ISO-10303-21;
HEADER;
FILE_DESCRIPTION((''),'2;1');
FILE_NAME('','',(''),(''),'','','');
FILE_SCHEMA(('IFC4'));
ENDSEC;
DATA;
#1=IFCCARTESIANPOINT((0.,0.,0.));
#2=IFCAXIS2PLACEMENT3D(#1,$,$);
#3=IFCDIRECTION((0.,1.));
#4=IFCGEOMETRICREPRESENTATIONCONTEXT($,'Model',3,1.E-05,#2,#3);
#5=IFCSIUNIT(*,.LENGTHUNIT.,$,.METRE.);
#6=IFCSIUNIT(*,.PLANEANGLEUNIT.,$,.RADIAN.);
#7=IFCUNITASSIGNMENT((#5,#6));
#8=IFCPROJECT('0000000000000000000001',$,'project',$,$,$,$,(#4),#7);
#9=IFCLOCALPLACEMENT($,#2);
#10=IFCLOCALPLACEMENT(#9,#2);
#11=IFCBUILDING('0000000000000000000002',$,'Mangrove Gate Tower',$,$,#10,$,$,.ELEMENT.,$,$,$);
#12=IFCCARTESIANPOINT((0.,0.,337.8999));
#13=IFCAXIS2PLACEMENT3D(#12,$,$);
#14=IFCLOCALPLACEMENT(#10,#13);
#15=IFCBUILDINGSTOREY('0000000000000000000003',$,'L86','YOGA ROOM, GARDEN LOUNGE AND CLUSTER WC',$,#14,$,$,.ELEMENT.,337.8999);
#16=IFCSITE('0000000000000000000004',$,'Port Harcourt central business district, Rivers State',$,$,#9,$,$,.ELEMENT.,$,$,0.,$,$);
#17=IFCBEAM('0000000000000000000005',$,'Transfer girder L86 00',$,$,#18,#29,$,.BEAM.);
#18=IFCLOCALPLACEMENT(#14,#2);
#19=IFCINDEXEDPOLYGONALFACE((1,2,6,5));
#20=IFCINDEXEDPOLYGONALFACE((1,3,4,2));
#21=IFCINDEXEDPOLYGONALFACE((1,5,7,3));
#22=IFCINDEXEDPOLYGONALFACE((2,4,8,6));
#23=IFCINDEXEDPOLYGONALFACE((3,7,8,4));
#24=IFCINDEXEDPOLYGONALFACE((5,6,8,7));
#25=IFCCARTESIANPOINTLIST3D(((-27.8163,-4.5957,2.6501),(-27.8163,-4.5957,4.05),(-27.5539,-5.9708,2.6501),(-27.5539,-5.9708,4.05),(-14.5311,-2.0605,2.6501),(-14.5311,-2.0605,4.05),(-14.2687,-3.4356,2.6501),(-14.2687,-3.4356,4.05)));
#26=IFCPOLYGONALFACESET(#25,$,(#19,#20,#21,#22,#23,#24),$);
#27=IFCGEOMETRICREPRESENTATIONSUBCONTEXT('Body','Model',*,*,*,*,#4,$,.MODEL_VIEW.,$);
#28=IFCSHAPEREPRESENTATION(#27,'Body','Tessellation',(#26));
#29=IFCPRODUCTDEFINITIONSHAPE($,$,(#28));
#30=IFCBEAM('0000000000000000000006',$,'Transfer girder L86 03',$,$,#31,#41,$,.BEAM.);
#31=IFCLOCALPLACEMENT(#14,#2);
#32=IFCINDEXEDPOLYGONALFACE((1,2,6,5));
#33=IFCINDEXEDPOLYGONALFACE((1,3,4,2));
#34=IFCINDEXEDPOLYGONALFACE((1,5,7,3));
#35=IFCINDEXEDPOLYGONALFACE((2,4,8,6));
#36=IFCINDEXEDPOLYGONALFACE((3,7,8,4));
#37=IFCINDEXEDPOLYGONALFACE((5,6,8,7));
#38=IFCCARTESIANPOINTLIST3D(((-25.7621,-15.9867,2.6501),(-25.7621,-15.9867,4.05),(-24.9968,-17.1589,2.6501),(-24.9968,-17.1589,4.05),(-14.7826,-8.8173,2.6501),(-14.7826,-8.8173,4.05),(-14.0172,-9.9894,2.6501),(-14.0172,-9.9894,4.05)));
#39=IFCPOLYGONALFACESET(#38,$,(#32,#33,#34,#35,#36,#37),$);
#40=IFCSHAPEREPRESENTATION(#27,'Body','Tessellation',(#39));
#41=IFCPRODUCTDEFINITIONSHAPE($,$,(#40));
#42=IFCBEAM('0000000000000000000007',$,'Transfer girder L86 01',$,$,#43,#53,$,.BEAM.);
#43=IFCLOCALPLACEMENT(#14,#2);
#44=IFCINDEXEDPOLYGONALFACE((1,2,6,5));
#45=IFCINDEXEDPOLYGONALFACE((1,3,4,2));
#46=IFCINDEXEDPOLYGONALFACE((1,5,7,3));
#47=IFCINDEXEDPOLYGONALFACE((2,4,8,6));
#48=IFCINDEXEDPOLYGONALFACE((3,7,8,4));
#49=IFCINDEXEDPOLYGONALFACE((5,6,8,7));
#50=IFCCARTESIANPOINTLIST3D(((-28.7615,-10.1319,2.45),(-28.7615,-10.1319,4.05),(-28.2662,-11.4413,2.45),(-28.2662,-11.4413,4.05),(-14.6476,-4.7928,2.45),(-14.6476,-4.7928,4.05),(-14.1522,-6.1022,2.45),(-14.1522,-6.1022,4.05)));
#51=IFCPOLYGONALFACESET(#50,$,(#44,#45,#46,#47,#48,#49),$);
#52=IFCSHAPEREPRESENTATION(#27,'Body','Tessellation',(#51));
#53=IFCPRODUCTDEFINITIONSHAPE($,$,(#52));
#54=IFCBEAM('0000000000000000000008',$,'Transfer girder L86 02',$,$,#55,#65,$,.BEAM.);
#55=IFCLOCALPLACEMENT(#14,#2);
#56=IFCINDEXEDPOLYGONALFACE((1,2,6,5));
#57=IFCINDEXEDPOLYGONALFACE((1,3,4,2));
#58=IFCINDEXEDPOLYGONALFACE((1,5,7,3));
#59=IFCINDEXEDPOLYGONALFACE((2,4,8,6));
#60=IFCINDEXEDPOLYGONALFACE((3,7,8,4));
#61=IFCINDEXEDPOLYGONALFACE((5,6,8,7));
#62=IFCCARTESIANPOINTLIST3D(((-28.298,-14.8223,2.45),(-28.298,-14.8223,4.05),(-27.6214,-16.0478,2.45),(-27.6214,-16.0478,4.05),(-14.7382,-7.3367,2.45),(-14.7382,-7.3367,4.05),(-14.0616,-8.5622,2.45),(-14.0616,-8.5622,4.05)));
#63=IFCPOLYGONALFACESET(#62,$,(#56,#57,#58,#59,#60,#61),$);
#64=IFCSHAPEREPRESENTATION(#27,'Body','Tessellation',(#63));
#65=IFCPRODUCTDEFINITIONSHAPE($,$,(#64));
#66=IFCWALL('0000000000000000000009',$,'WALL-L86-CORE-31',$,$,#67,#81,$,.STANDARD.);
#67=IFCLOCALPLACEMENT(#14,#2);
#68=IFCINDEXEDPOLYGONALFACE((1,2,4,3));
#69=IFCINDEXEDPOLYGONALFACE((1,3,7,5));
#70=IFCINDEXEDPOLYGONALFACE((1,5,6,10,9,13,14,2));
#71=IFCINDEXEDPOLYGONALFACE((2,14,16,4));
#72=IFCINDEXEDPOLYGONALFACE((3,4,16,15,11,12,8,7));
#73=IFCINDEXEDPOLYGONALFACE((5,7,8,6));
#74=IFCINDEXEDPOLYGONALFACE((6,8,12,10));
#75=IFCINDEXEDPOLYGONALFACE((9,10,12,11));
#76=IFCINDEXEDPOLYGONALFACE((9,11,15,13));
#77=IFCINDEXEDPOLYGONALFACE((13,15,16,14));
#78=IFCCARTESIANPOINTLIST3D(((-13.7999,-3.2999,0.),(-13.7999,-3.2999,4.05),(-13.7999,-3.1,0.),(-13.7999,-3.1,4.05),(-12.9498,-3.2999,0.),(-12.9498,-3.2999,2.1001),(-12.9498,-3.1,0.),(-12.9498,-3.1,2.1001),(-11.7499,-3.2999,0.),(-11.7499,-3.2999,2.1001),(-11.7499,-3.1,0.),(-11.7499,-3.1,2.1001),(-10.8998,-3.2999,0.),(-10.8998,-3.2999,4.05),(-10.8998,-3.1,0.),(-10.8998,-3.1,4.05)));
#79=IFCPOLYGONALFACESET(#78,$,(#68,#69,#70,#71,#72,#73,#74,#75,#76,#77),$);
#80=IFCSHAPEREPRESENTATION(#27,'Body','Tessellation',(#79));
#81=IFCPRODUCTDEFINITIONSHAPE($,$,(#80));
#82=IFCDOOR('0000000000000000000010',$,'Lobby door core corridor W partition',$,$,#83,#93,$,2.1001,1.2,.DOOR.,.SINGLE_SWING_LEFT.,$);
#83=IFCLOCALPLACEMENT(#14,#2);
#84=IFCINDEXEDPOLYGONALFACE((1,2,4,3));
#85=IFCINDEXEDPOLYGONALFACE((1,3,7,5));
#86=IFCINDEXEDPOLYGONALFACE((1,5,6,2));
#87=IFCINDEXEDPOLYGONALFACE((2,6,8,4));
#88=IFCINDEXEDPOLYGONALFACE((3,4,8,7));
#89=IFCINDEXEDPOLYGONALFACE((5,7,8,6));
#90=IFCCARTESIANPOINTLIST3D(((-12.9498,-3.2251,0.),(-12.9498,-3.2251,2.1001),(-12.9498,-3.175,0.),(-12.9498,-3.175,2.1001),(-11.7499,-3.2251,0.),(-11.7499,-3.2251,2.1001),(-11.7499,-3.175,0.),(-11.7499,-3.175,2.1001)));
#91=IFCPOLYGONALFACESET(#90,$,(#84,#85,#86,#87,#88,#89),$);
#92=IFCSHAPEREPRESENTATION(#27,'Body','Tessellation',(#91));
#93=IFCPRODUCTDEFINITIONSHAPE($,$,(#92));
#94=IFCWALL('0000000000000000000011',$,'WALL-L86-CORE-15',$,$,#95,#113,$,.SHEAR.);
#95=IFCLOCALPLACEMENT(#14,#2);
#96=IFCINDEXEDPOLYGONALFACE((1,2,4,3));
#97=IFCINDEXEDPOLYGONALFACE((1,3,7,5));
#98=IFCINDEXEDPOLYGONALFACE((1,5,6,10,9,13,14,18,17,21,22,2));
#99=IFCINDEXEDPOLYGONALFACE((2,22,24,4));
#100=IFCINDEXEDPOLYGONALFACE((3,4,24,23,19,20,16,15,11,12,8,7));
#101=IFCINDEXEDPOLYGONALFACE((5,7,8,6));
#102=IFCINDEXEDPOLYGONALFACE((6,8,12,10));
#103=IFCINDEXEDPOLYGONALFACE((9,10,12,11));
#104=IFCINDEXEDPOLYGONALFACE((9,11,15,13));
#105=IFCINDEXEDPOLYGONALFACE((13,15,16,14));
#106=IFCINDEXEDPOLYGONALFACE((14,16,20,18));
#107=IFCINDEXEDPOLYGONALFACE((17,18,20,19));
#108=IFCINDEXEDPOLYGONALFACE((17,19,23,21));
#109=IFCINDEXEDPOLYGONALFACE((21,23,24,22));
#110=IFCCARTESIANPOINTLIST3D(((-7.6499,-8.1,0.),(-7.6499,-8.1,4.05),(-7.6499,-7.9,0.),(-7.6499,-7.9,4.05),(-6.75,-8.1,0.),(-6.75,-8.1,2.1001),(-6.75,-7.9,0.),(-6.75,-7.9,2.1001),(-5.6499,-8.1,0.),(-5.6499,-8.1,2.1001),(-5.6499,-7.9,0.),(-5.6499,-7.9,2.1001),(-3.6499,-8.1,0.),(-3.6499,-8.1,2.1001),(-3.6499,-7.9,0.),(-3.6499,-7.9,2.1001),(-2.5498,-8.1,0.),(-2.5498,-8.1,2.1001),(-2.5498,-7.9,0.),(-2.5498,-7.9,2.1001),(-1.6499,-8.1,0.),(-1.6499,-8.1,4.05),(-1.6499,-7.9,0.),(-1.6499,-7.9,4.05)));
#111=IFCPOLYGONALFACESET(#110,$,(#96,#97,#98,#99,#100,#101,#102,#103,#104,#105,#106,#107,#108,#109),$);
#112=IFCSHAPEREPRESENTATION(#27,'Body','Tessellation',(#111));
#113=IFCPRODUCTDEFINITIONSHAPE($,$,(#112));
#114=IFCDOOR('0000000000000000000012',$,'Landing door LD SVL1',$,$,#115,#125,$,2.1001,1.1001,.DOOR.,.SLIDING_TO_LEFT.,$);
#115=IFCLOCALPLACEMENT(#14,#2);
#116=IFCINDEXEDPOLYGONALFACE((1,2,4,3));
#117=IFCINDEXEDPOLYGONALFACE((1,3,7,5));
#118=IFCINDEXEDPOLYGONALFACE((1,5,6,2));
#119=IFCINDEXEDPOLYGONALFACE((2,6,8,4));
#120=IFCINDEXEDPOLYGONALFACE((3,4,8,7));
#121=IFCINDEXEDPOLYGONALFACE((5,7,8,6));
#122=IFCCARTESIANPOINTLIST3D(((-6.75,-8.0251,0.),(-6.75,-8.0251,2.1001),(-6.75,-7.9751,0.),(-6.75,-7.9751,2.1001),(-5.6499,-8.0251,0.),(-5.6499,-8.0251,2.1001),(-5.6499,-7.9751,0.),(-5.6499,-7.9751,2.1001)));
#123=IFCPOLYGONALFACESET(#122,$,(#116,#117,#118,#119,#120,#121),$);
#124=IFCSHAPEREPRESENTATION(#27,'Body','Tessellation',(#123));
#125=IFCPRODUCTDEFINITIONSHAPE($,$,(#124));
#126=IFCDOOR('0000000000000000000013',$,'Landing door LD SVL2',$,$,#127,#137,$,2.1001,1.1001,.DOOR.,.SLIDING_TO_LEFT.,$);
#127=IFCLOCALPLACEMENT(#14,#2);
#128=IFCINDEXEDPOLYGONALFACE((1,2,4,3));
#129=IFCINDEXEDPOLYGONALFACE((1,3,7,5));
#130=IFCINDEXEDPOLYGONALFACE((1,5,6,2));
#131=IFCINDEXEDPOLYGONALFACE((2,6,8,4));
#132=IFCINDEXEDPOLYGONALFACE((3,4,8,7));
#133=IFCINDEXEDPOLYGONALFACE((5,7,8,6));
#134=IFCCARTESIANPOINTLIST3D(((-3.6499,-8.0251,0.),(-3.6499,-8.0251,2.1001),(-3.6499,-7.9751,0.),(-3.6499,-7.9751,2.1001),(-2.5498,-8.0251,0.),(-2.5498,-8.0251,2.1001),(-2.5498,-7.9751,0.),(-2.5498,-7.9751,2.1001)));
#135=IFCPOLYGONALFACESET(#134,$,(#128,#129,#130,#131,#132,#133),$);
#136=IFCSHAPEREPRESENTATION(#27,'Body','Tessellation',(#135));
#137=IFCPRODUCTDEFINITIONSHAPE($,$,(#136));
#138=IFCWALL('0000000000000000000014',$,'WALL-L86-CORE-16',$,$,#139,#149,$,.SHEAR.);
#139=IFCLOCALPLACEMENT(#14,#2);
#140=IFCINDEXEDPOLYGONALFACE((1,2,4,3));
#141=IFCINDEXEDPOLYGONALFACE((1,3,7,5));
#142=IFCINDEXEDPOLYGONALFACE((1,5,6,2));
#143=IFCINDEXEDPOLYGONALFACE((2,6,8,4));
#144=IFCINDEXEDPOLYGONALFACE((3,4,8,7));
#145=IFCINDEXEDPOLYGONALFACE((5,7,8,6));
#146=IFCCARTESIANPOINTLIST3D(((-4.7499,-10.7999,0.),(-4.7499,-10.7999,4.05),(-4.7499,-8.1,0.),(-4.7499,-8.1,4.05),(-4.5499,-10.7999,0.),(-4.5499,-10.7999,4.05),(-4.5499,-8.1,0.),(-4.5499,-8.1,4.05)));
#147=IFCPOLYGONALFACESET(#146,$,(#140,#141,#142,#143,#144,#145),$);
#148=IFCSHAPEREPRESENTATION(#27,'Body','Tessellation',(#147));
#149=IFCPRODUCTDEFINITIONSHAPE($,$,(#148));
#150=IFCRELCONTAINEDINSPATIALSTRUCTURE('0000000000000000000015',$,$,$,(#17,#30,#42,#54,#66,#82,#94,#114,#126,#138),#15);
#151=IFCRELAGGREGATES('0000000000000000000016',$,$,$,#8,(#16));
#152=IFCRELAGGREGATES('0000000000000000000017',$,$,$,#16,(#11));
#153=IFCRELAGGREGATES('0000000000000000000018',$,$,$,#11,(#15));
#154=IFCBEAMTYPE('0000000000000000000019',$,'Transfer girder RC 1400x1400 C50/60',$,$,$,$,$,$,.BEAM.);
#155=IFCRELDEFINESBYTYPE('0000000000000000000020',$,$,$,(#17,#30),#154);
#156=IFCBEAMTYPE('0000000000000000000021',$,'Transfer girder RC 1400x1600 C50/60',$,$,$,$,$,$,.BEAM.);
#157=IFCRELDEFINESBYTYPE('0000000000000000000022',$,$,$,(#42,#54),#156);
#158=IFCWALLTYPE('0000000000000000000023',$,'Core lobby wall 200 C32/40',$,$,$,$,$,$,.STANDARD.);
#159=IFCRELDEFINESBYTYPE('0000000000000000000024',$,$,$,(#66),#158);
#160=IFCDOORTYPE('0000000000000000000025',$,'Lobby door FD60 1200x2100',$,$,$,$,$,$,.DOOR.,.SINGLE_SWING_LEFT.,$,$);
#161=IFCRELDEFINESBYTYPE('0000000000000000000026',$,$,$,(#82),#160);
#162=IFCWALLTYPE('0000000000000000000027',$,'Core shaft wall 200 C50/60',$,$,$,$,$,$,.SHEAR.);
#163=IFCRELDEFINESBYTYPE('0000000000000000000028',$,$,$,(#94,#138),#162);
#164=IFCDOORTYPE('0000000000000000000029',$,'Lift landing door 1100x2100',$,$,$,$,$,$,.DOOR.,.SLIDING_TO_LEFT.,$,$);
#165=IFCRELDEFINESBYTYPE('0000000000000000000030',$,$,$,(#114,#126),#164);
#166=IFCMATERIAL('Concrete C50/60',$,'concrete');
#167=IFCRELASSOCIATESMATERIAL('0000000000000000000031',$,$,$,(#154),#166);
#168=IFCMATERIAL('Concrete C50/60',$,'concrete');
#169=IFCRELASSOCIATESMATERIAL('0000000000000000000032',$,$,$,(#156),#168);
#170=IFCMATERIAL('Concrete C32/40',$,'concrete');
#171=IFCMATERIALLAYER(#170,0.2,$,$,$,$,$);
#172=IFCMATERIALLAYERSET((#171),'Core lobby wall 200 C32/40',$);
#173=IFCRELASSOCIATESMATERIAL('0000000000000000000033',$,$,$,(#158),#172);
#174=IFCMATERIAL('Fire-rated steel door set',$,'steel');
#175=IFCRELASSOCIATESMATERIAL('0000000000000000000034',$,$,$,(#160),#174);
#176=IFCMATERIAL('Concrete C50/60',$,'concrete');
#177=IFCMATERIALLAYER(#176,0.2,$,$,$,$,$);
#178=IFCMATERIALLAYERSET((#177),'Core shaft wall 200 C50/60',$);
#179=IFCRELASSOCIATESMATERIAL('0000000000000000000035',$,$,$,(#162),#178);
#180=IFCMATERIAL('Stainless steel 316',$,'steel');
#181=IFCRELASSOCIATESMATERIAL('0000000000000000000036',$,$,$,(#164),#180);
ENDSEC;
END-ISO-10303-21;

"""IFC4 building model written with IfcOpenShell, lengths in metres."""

from ifc_helpers import new_model, si_unit, direction, frame, frame_2d, origin, origin_2d, place, context, subcontext, project, spatial, rectangle, extrude, material, layer, layer_set, material_profile, profile_set, type_object, element, fill, save


model = new_model("IFC4")

# Units and contexts
model_context = context("Model", 3, precision=1e-05, world=origin(), true_north=direction((0.0, 1.0)))
body_context = subcontext(model_context, "Body", "Model", "MODEL_VIEW")
ifc_project = project(units=[si_unit("LENGTHUNIT", "METRE"), si_unit("PLANEANGLEUNIT", "RADIAN")], contexts=[model_context])

# Site, building, storey
site_placement = place(None, origin())
site = spatial("IfcSite", under=ifc_project, at=site_placement, Name="Port Harcourt central business district, Rivers State", CompositionType="ELEMENT", RefElevation=0.0)
building_placement = place(site_placement, origin())
building = spatial("IfcBuilding", under=site, at=building_placement, Name="Mangrove Gate Tower", CompositionType="ELEMENT")
storey_placement = place(building_placement, frame((0.0, 0.0, 337.8999)))
storey = spatial("IfcBuildingStorey", under=building, at=storey_placement, Name="L86", Description="YOGA ROOM, GARDEN LOUNGE AND CLUSTER WC", CompositionType="ELEMENT", Elevation=337.8999)

# Beams
ifc_material_1 = material(Name="Concrete C50/60", Category="concrete")
ifc_material_profile_1 = material_profile(ifc_material_1, rectangle(XDim=1.3999, YDim=1.3999, at=origin_2d()))
ifc_profile_set_1 = profile_set([ifc_material_profile_1], Name="Concrete C50/60")
beam_type_1 = type_object("IfcBeamType", Name="Transfer girder RC 1400x1400 C50/60", PredefinedType="BEAM", material=ifc_profile_set_1)
beam_1_placement = place(storey_placement, frame((-14.3999, -2.748, 3.3501), z_axis=(-0.982275, -0.187444, 0.0), x_axis=(0.187444, -0.982275, 0.0)))
element("IfcBeam", 1, at=beam_1_placement, inside=storey, type_object=beam_type_1, Name="Transfer girder L86 00", PredefinedType="BEAM", context=body_context, shape_type="SweptSolid", body=[
    extrude(rectangle(XDim=1.3999, YDim=1.3999, at=origin_2d()), origin(), (0.0, 0.0, 1.0), 13.5249),
])
beam_2_placement = place(storey_placement, frame((-14.3999, -9.4033, 3.3501), z_axis=(-0.8373, -0.546744, 0.0), x_axis=(0.546744, -0.8373, 0.0)))
element("IfcBeam", 2, at=beam_2_placement, inside=storey, type_object=beam_type_1, Name="Transfer girder L86 03", PredefinedType="BEAM", context=body_context, shape_type="SweptSolid", body=[
    extrude(rectangle(XDim=1.3999, YDim=1.3999, at=origin_2d()), origin(), (0.0, 0.0, 1.0), 13.113),
])
ifc_material_2 = material(Name="Concrete C50/60", Category="concrete")
ifc_material_profile_2 = material_profile(ifc_material_2, rectangle(XDim=1.3999, YDim=1.6001, at=origin_2d()))
ifc_profile_set_2 = profile_set([ifc_material_profile_2], Name="Concrete C50/60")
beam_type_2 = type_object("IfcBeamType", Name="Transfer girder RC 1400x1600 C50/60", PredefinedType="BEAM", material=ifc_profile_set_2)
beam_3_placement = place(storey_placement, frame((-14.3999, -5.4475, 3.25), z_axis=(-0.935315, -0.353815, 0.0), x_axis=(0.353815, -0.935315, 0.0)))
element("IfcBeam", 3, at=beam_3_placement, inside=storey, type_object=beam_type_2, Name="Transfer girder L86 01", PredefinedType="BEAM", context=body_context, shape_type="SweptSolid", body=[
    extrude(rectangle(XDim=1.3999, YDim=1.6001, at=origin_2d()), origin(), (0.0, 0.0, 1.0), 15.0901),
])
beam_4_placement = place(storey_placement, frame((-14.3999, -7.9495, 3.25), z_axis=(-0.87546, -0.483291, 0.0), x_axis=(0.483291, -0.87546, 0.0)))
element("IfcBeam", 4, at=beam_4_placement, inside=storey, type_object=beam_type_2, Name="Transfer girder L86 02", PredefinedType="BEAM", context=body_context, shape_type="SweptSolid", body=[
    extrude(rectangle(XDim=1.3999, YDim=1.6001, at=origin_2d()), origin(), (0.0, 0.0, 1.0), 15.4888),
])

# Wall, opening, door
ifc_material_3 = material(Name="Concrete C32/40", Category="concrete")
ifc_layer_1 = layer(ifc_material_3, 0.2)
ifc_layer_set_1 = layer_set([ifc_layer_1], Name="Core lobby wall 200 C32/40")
wall_type_1 = type_object("IfcWallType", Name="Core lobby wall 200 C32/40", PredefinedType="STANDARD", material=ifc_layer_set_1)
wall_1_placement = place(storey_placement, frame((-13.8, -3.2, 0.0), z_axis=(0.0, 0.0, 1.0), x_axis=(1.0, 0.0, 0.0)))
wall_1 = element("IfcWall", 5, at=wall_1_placement, inside=storey, type_object=wall_type_1, Name="WALL-L86-CORE-31", PredefinedType="STANDARD", context=body_context, shape_type="SweptSolid", body=[
    extrude(rectangle(XDim=2.9001, YDim=0.2, at=frame_2d((1.4502, 0.0))), origin(), (0.0, 0.0, 1.0), 4.05),
])
opening_1_placement = place(wall_1_placement, frame((0.8501, 0.0, 0.0)))
opening_1 = element("IfcOpeningElement", 6, at=opening_1_placement, cuts=wall_1, PredefinedType="OPENING", context=body_context, shape_type="SweptSolid", body=[
    extrude(rectangle(XDim=1.2, YDim=2.1001, at=frame_2d((0.6001, 1.05))), frame((0.0, 0.1099, 0.0), z_axis=(0.0, -1.0, 0.0), x_axis=(1.0, 0.0, 0.0)), (0.0, 0.0, 1.0), 0.22),
])
ifc_material_4 = material(Name="Fire-rated steel door set", Category="steel")
door_type_1 = type_object("IfcDoorType", Name="Lobby door FD60 1200x2100", OperationType="SINGLE_SWING_LEFT", PredefinedType="DOOR", material=ifc_material_4)
door_1_placement = place(opening_1_placement, origin())
door_1 = element("IfcDoor", 7, at=door_1_placement, inside=storey, type_object=door_type_1, Name="Lobby door core corridor W partition", OperationType="SINGLE_SWING_LEFT", OverallHeight=2.1001, OverallWidth=1.2, PredefinedType="DOOR", context=body_context, shape_type="SweptSolid", body=[
    extrude(rectangle(XDim=1.2, YDim=2.1001, at=frame_2d((0.6001, 1.05))), frame((0.0, 0.0249, 0.0), z_axis=(0.0, -1.0, 0.0), x_axis=(1.0, 0.0, 0.0)), (0.0, 0.0, 1.0), 0.05),
])
fill(opening_1, door_1)

# Wall, openings, doors
ifc_material_5 = material(Name="Concrete C50/60", Category="concrete")
ifc_layer_2 = layer(ifc_material_5, 0.2)
ifc_layer_set_2 = layer_set([ifc_layer_2], Name="Core shaft wall 200 C50/60")
wall_type_2 = type_object("IfcWallType", Name="Core shaft wall 200 C50/60", PredefinedType="SHEAR", material=ifc_layer_set_2)
wall_2_placement = place(storey_placement, frame((-7.6499, -8.0, 0.0), z_axis=(0.0, 0.0, 1.0), x_axis=(1.0, 0.0, 0.0)))
wall_2 = element("IfcWall", 8, at=wall_2_placement, inside=storey, type_object=wall_type_2, Name="WALL-L86-CORE-15", PredefinedType="SHEAR", context=body_context, shape_type="SweptSolid", body=[
    extrude(rectangle(XDim=6.0, YDim=0.2, at=frame_2d((3.0, 0.0))), origin(), (0.0, 0.0, 1.0), 4.05),
])
opening_2_placement = place(wall_2_placement, frame((0.8999, 0.0, 0.0)))
opening_2 = element("IfcOpeningElement", 9, at=opening_2_placement, cuts=wall_2, PredefinedType="OPENING", context=body_context, shape_type="SweptSolid", body=[
    extrude(rectangle(XDim=1.1001, YDim=2.1001, at=frame_2d((0.55, 1.05))), frame((0.0, 0.1099, 0.0), z_axis=(0.0, -1.0, 0.0), x_axis=(1.0, 0.0, 0.0)), (0.0, 0.0, 1.0), 0.22),
])
opening_3_placement = place(wall_2_placement, frame((4.0, 0.0, 0.0)))
opening_3 = element("IfcOpeningElement", 10, at=opening_3_placement, cuts=wall_2, PredefinedType="OPENING", context=body_context, shape_type="SweptSolid", body=[
    extrude(rectangle(XDim=1.1001, YDim=2.1001, at=frame_2d((0.55, 1.05))), frame((0.0, 0.1099, 0.0), z_axis=(0.0, -1.0, 0.0), x_axis=(1.0, 0.0, 0.0)), (0.0, 0.0, 1.0), 0.22),
])
ifc_material_6 = material(Name="Stainless steel 316", Category="steel")
door_type_2 = type_object("IfcDoorType", Name="Lift landing door 1100x2100", OperationType="SLIDING_TO_LEFT", PredefinedType="DOOR", material=ifc_material_6)
door_2_placement = place(opening_2_placement, origin())
door_2 = element("IfcDoor", 11, at=door_2_placement, inside=storey, type_object=door_type_2, Name="Landing door LD SVL1", OperationType="SLIDING_TO_LEFT", OverallHeight=2.1001, OverallWidth=1.1001, PredefinedType="DOOR", context=body_context, shape_type="SweptSolid", body=[
    extrude(rectangle(XDim=1.1001, YDim=2.1001, at=frame_2d((0.55, 1.05))), frame((0.0, 0.0249, 0.0), z_axis=(0.0, -1.0, 0.0), x_axis=(1.0, 0.0, 0.0)), (0.0, 0.0, 1.0), 0.05),
])
fill(opening_2, door_2)
door_3_placement = place(opening_3_placement, origin())
door_3 = element("IfcDoor", 12, at=door_3_placement, inside=storey, type_object=door_type_2, Name="Landing door LD SVL2", OperationType="SLIDING_TO_LEFT", OverallHeight=2.1001, OverallWidth=1.1001, PredefinedType="DOOR", context=body_context, shape_type="SweptSolid", body=[
    extrude(rectangle(XDim=1.1001, YDim=2.1001, at=frame_2d((0.55, 1.05))), frame((0.0, 0.0249, 0.0), z_axis=(0.0, -1.0, 0.0), x_axis=(1.0, 0.0, 0.0)), (0.0, 0.0, 1.0), 0.05),
])
fill(opening_3, door_3)

# Wall
wall_3_placement = place(storey_placement, frame((-4.6499, -10.8, 0.0), z_axis=(0.0, 0.0, 1.0), x_axis=(0.0, 1.0, 0.0)))
element("IfcWall", 13, at=wall_3_placement, inside=storey, type_object=wall_type_2, Name="WALL-L86-CORE-16", PredefinedType="SHEAR", context=body_context, shape_type="SweptSolid", body=[
    extrude(rectangle(XDim=2.7, YDim=0.2, at=frame_2d((1.3501, 0.0))), origin(), (0.0, 0.0, 1.0), 4.05),
])

save(model, "model.ifc")
